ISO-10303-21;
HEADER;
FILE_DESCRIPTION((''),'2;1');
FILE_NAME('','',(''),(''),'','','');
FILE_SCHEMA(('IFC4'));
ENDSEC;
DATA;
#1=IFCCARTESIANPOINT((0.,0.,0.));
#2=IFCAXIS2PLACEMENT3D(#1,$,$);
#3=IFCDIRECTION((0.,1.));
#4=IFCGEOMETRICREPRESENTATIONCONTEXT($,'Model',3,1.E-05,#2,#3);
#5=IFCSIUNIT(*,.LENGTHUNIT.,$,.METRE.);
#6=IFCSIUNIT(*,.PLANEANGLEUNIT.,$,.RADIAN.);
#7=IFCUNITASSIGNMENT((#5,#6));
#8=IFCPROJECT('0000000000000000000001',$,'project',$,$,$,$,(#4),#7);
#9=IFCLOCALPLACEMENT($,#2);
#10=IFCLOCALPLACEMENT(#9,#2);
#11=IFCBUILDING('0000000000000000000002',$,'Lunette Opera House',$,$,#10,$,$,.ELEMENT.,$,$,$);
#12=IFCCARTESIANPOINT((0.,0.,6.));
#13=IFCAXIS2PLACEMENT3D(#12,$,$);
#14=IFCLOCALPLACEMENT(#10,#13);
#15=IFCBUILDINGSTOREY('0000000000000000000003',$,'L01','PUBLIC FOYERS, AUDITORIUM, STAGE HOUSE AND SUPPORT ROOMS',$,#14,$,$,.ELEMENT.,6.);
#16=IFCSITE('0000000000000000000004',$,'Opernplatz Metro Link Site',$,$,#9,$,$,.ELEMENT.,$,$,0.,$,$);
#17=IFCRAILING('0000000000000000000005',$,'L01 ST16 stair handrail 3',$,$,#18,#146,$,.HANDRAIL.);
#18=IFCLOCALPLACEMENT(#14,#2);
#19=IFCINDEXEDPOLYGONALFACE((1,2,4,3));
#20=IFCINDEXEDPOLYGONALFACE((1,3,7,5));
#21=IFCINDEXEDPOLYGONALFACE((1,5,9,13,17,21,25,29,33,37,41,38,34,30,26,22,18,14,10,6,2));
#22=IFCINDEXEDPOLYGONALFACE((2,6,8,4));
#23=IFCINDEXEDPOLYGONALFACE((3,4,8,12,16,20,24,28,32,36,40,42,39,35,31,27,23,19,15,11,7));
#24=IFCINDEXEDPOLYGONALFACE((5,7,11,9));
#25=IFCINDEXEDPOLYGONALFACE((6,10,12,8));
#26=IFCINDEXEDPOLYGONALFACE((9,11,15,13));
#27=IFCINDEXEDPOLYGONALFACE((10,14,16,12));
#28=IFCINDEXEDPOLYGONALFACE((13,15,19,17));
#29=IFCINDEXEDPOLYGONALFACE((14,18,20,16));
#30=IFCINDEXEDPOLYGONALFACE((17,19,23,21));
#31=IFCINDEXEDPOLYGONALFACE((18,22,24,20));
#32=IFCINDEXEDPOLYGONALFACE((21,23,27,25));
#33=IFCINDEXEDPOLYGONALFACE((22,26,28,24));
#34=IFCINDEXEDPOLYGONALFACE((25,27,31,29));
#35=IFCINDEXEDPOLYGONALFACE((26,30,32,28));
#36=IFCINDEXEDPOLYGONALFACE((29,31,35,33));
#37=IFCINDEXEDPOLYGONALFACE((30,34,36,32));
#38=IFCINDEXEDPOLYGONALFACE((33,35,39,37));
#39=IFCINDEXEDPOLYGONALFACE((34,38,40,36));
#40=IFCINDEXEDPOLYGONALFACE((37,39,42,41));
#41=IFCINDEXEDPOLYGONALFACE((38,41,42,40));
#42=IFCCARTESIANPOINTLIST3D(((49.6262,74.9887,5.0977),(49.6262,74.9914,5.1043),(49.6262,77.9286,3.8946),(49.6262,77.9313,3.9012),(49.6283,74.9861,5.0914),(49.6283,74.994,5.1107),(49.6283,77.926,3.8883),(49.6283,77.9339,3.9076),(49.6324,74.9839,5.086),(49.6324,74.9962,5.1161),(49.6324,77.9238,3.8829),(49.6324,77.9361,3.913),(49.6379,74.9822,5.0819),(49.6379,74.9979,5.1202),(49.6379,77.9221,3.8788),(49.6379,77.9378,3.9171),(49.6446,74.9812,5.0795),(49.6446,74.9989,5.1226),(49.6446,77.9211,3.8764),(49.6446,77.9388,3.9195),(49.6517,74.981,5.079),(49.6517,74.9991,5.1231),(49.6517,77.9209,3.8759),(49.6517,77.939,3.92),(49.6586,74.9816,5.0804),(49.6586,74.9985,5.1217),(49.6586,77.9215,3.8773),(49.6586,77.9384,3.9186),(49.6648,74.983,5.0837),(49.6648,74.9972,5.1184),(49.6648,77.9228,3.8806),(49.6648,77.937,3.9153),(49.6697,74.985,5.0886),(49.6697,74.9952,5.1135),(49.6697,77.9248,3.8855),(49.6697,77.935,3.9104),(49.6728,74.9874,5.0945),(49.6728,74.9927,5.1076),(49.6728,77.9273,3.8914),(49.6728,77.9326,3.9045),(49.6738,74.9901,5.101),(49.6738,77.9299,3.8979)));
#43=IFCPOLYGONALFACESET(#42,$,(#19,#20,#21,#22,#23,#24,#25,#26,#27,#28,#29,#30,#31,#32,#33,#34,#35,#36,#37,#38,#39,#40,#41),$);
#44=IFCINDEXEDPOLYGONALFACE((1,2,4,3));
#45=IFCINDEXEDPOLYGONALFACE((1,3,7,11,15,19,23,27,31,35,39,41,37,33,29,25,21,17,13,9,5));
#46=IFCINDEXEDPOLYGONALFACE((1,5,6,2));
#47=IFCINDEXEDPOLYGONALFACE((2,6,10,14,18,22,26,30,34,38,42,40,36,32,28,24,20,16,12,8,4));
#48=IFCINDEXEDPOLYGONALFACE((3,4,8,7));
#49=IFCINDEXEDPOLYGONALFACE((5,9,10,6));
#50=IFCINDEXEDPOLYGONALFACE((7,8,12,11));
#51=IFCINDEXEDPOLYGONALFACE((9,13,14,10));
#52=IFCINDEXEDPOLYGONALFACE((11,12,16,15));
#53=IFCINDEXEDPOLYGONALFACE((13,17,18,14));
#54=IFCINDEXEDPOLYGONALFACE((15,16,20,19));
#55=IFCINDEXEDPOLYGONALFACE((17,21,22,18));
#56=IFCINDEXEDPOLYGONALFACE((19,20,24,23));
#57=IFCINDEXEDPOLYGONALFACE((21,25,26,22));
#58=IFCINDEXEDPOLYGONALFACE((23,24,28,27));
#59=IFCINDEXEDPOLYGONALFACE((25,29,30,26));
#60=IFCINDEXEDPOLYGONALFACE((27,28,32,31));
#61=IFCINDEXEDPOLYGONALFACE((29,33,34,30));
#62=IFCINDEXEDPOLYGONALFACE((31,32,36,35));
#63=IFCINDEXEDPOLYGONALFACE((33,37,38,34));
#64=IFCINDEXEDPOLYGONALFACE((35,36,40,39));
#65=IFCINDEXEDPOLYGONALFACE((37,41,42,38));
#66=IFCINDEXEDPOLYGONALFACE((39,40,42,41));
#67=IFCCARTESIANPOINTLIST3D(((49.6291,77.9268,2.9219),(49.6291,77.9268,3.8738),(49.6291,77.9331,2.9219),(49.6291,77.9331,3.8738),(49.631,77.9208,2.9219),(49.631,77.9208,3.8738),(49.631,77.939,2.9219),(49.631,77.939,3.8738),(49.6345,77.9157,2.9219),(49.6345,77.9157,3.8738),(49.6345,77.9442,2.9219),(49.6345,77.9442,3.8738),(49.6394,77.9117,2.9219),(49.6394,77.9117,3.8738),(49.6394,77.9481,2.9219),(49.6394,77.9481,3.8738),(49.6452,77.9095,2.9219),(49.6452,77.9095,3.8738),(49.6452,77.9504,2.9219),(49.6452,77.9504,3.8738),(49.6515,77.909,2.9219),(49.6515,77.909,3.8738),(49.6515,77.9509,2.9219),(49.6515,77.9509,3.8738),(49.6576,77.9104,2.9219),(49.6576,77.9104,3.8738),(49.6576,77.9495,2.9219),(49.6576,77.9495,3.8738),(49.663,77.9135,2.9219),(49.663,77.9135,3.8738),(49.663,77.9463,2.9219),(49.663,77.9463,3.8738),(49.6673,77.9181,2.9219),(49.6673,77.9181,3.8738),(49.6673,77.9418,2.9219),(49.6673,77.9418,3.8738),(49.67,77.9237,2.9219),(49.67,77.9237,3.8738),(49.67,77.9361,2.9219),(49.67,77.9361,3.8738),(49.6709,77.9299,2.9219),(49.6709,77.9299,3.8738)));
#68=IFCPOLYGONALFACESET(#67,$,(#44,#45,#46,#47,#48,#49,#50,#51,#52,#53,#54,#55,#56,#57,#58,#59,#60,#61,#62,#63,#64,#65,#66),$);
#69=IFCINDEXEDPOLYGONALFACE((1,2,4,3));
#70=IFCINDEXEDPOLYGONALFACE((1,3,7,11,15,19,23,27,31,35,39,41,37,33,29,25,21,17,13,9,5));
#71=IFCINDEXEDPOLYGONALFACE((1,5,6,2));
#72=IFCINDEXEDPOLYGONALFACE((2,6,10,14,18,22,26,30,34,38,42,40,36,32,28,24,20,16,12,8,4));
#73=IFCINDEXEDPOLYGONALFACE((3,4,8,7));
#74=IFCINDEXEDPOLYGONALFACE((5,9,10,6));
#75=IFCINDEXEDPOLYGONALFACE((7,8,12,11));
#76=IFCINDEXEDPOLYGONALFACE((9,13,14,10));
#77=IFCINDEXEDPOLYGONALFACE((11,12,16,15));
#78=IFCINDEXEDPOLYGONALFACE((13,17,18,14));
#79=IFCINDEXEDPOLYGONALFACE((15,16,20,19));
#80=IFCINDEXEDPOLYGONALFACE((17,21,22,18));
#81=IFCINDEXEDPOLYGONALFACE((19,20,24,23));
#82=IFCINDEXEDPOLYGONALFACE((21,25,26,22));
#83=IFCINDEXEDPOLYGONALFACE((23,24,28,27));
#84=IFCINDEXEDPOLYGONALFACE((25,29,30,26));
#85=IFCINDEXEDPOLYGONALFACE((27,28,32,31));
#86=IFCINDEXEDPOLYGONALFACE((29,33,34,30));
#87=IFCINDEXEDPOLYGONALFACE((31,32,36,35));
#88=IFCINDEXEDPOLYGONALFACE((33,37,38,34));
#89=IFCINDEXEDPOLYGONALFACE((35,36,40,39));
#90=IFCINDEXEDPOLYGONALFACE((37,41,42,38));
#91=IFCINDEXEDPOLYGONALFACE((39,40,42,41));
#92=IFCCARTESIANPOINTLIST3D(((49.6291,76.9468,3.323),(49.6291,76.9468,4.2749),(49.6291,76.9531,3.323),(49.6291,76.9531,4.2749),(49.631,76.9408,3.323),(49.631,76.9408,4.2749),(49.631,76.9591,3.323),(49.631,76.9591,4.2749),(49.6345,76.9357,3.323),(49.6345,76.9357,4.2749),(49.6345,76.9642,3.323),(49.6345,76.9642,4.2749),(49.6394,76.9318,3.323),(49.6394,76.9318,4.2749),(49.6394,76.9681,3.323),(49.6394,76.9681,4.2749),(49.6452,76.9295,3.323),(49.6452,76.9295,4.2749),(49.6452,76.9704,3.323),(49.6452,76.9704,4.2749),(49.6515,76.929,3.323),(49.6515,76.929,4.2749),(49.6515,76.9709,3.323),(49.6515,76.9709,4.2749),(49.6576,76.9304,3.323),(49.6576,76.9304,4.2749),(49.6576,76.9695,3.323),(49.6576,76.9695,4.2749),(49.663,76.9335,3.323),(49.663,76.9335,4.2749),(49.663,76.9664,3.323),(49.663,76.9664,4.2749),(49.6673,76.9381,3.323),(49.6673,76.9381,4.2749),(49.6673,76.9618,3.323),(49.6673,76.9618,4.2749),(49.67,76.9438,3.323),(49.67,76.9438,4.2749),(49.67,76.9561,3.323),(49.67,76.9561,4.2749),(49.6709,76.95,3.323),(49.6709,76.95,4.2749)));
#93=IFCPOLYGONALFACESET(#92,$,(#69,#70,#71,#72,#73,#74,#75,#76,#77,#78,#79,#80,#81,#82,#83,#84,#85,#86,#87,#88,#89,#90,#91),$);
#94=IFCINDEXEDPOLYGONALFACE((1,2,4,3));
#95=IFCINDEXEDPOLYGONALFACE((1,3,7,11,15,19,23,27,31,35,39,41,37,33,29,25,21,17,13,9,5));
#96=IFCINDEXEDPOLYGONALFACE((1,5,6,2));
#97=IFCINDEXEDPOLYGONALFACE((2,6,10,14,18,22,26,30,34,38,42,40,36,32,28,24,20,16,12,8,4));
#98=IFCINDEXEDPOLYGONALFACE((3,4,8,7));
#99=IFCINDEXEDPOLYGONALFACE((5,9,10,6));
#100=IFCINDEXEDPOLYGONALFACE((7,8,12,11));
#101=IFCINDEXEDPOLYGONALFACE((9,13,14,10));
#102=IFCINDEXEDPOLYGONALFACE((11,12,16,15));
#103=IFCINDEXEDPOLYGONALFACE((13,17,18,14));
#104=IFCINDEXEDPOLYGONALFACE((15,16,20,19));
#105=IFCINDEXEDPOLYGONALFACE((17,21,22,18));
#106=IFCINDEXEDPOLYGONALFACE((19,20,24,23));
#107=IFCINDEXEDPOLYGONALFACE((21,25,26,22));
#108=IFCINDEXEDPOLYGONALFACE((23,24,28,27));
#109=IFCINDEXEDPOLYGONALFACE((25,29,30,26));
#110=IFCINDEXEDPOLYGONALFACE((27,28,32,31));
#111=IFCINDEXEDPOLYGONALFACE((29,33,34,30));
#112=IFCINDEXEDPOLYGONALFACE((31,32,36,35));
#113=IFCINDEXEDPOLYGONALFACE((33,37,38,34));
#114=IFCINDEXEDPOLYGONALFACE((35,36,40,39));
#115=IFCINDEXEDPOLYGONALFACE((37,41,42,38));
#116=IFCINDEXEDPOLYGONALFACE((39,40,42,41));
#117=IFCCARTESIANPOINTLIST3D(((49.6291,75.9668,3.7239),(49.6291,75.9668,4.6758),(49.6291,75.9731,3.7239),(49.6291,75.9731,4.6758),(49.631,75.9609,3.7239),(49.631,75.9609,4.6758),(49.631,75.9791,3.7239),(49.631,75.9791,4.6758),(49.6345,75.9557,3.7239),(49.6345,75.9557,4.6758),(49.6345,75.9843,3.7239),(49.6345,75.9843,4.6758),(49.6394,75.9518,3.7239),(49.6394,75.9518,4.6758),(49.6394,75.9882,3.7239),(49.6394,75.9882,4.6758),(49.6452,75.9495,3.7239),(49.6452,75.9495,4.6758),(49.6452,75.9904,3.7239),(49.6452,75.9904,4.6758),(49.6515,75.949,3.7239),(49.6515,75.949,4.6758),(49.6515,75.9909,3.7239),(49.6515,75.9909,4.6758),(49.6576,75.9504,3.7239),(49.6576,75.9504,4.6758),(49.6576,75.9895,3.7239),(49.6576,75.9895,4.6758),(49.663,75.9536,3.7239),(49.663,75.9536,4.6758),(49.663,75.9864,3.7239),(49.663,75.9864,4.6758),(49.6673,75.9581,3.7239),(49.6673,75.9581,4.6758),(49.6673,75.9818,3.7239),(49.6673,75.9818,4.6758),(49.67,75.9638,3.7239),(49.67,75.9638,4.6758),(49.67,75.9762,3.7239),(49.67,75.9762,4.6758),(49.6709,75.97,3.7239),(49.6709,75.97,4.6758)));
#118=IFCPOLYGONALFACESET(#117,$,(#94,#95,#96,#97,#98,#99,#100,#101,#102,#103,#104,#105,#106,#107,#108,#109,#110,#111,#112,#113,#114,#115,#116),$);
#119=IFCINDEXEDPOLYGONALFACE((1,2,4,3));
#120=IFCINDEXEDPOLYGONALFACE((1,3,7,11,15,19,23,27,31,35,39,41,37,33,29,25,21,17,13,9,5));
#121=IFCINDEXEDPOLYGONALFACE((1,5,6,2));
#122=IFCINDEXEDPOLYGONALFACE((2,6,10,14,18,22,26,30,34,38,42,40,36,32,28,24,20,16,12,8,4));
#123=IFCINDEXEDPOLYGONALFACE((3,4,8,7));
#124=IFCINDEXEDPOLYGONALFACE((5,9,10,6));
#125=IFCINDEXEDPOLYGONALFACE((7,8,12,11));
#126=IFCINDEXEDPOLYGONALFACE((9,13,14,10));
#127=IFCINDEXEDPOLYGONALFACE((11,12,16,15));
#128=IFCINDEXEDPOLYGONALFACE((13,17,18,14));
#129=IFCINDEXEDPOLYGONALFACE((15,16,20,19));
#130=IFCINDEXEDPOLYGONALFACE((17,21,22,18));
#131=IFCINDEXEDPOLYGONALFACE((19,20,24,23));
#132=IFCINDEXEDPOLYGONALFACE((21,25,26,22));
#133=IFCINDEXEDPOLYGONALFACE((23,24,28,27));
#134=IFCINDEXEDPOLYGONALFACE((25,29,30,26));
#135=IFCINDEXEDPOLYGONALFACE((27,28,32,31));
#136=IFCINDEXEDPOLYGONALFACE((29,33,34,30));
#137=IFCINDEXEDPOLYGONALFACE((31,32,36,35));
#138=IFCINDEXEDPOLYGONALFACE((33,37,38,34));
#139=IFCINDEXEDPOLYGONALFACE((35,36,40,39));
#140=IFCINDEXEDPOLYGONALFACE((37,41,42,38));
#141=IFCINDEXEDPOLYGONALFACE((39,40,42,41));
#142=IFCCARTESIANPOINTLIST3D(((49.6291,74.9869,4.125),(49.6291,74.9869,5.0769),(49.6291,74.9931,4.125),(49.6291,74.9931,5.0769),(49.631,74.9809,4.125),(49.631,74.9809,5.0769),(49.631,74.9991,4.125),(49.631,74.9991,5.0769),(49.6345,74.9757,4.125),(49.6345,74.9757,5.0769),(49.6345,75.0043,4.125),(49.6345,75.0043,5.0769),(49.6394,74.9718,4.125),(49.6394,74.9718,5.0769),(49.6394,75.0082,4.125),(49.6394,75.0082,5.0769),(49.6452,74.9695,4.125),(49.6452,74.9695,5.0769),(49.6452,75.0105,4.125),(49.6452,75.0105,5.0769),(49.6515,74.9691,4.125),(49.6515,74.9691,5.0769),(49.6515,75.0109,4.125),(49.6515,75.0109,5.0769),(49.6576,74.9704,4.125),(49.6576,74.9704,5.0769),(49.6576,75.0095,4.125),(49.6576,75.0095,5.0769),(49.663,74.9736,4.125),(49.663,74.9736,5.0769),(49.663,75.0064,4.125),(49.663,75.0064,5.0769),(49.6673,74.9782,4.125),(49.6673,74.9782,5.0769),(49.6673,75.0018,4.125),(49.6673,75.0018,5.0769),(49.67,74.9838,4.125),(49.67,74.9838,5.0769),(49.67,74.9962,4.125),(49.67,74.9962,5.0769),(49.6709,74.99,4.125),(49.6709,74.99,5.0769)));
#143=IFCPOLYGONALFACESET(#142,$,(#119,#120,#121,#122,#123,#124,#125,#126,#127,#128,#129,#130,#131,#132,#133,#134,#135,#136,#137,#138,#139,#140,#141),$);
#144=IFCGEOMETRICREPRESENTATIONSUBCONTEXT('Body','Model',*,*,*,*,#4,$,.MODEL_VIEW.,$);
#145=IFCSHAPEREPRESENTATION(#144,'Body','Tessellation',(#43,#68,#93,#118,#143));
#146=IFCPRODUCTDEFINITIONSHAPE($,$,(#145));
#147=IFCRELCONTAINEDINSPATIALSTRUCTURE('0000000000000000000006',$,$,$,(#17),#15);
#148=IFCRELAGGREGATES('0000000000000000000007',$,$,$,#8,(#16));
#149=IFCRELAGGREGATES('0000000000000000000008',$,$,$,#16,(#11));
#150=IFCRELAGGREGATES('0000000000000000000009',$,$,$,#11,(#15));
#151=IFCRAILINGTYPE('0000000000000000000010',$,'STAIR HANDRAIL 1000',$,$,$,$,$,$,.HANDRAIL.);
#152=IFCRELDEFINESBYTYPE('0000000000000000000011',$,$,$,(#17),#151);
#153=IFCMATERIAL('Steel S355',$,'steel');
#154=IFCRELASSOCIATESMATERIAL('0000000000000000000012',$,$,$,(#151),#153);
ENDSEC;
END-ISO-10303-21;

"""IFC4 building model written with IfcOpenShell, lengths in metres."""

from ifc_helpers import new_model, si_unit, direction, frame, origin, origin_2d, place, context, subcontext, project, spatial, circle, extrude, material, type_object, element, save


model = new_model("IFC4")

# Units and contexts
model_context = context("Model", 3, precision=1e-05, world=origin(), true_north=direction((0.0, 1.0)))
body_context = subcontext(model_context, "Body", "Model", "MODEL_VIEW")
ifc_project = project(units=[si_unit("LENGTHUNIT", "METRE"), si_unit("PLANEANGLEUNIT", "RADIAN")], contexts=[model_context])

# Site, building, storey
site_placement = place(None, origin())
site = spatial("IfcSite", under=ifc_project, at=site_placement, Name="Opernplatz Metro Link Site", CompositionType="ELEMENT", RefElevation=0.0)
building_placement = place(site_placement, origin())
building = spatial("IfcBuilding", under=site, at=building_placement, Name="Lunette Opera House", CompositionType="ELEMENT")
storey_placement = place(building_placement, frame((0.0, 0.0, 6.0)))
storey = spatial("IfcBuildingStorey", under=building, at=storey_placement, Name="L01", Description="PUBLIC FOYERS, AUDITORIUM, STAGE HOUSE AND SUPPORT ROOMS", CompositionType="ELEMENT", Elevation=6.0)

# Railing
ifc_material_1 = material(Name="Steel S355", Category="steel")
railing_type_1 = type_object("IfcRailingType", Name="STAIR HANDRAIL 1000", PredefinedType="HANDRAIL", material=ifc_material_1)
railing_1_placement = place(storey_placement, frame((49.6499, 77.9299, 2.9219)))
element("IfcRailing", 1, at=railing_1_placement, inside=storey, type_object=railing_type_1, Name="L01 ST16 stair handrail 3", PredefinedType="HANDRAIL", context=body_context, shape_type="SweptSolid", body=[
    extrude(circle(Radius=0.0239, at=origin_2d()), frame((0.0, 0.0, 0.9761), z_axis=(0.0, -0.9255, 0.378747), x_axis=(1.0, 0.0, 0.0)), (0.0, 0.0, 1.0), 3.1765),
    extrude(circle(Radius=0.021, at=origin_2d()), origin(), (0.0, 0.0, 1.0), 0.9519),
    extrude(circle(Radius=0.021, at=origin_2d()), frame((0.0, -0.98, 0.4011)), (0.0, 0.0, 1.0), 0.9519),
    extrude(circle(Radius=0.021, at=origin_2d()), frame((0.0, -1.96, 0.802)), (0.0, 0.0, 1.0), 0.9519),
    extrude(circle(Radius=0.021, at=origin_2d()), frame((0.0, -2.9399, 1.2031)), (0.0, 0.0, 1.0), 0.9519),
])

save(model, "model.ifc")
